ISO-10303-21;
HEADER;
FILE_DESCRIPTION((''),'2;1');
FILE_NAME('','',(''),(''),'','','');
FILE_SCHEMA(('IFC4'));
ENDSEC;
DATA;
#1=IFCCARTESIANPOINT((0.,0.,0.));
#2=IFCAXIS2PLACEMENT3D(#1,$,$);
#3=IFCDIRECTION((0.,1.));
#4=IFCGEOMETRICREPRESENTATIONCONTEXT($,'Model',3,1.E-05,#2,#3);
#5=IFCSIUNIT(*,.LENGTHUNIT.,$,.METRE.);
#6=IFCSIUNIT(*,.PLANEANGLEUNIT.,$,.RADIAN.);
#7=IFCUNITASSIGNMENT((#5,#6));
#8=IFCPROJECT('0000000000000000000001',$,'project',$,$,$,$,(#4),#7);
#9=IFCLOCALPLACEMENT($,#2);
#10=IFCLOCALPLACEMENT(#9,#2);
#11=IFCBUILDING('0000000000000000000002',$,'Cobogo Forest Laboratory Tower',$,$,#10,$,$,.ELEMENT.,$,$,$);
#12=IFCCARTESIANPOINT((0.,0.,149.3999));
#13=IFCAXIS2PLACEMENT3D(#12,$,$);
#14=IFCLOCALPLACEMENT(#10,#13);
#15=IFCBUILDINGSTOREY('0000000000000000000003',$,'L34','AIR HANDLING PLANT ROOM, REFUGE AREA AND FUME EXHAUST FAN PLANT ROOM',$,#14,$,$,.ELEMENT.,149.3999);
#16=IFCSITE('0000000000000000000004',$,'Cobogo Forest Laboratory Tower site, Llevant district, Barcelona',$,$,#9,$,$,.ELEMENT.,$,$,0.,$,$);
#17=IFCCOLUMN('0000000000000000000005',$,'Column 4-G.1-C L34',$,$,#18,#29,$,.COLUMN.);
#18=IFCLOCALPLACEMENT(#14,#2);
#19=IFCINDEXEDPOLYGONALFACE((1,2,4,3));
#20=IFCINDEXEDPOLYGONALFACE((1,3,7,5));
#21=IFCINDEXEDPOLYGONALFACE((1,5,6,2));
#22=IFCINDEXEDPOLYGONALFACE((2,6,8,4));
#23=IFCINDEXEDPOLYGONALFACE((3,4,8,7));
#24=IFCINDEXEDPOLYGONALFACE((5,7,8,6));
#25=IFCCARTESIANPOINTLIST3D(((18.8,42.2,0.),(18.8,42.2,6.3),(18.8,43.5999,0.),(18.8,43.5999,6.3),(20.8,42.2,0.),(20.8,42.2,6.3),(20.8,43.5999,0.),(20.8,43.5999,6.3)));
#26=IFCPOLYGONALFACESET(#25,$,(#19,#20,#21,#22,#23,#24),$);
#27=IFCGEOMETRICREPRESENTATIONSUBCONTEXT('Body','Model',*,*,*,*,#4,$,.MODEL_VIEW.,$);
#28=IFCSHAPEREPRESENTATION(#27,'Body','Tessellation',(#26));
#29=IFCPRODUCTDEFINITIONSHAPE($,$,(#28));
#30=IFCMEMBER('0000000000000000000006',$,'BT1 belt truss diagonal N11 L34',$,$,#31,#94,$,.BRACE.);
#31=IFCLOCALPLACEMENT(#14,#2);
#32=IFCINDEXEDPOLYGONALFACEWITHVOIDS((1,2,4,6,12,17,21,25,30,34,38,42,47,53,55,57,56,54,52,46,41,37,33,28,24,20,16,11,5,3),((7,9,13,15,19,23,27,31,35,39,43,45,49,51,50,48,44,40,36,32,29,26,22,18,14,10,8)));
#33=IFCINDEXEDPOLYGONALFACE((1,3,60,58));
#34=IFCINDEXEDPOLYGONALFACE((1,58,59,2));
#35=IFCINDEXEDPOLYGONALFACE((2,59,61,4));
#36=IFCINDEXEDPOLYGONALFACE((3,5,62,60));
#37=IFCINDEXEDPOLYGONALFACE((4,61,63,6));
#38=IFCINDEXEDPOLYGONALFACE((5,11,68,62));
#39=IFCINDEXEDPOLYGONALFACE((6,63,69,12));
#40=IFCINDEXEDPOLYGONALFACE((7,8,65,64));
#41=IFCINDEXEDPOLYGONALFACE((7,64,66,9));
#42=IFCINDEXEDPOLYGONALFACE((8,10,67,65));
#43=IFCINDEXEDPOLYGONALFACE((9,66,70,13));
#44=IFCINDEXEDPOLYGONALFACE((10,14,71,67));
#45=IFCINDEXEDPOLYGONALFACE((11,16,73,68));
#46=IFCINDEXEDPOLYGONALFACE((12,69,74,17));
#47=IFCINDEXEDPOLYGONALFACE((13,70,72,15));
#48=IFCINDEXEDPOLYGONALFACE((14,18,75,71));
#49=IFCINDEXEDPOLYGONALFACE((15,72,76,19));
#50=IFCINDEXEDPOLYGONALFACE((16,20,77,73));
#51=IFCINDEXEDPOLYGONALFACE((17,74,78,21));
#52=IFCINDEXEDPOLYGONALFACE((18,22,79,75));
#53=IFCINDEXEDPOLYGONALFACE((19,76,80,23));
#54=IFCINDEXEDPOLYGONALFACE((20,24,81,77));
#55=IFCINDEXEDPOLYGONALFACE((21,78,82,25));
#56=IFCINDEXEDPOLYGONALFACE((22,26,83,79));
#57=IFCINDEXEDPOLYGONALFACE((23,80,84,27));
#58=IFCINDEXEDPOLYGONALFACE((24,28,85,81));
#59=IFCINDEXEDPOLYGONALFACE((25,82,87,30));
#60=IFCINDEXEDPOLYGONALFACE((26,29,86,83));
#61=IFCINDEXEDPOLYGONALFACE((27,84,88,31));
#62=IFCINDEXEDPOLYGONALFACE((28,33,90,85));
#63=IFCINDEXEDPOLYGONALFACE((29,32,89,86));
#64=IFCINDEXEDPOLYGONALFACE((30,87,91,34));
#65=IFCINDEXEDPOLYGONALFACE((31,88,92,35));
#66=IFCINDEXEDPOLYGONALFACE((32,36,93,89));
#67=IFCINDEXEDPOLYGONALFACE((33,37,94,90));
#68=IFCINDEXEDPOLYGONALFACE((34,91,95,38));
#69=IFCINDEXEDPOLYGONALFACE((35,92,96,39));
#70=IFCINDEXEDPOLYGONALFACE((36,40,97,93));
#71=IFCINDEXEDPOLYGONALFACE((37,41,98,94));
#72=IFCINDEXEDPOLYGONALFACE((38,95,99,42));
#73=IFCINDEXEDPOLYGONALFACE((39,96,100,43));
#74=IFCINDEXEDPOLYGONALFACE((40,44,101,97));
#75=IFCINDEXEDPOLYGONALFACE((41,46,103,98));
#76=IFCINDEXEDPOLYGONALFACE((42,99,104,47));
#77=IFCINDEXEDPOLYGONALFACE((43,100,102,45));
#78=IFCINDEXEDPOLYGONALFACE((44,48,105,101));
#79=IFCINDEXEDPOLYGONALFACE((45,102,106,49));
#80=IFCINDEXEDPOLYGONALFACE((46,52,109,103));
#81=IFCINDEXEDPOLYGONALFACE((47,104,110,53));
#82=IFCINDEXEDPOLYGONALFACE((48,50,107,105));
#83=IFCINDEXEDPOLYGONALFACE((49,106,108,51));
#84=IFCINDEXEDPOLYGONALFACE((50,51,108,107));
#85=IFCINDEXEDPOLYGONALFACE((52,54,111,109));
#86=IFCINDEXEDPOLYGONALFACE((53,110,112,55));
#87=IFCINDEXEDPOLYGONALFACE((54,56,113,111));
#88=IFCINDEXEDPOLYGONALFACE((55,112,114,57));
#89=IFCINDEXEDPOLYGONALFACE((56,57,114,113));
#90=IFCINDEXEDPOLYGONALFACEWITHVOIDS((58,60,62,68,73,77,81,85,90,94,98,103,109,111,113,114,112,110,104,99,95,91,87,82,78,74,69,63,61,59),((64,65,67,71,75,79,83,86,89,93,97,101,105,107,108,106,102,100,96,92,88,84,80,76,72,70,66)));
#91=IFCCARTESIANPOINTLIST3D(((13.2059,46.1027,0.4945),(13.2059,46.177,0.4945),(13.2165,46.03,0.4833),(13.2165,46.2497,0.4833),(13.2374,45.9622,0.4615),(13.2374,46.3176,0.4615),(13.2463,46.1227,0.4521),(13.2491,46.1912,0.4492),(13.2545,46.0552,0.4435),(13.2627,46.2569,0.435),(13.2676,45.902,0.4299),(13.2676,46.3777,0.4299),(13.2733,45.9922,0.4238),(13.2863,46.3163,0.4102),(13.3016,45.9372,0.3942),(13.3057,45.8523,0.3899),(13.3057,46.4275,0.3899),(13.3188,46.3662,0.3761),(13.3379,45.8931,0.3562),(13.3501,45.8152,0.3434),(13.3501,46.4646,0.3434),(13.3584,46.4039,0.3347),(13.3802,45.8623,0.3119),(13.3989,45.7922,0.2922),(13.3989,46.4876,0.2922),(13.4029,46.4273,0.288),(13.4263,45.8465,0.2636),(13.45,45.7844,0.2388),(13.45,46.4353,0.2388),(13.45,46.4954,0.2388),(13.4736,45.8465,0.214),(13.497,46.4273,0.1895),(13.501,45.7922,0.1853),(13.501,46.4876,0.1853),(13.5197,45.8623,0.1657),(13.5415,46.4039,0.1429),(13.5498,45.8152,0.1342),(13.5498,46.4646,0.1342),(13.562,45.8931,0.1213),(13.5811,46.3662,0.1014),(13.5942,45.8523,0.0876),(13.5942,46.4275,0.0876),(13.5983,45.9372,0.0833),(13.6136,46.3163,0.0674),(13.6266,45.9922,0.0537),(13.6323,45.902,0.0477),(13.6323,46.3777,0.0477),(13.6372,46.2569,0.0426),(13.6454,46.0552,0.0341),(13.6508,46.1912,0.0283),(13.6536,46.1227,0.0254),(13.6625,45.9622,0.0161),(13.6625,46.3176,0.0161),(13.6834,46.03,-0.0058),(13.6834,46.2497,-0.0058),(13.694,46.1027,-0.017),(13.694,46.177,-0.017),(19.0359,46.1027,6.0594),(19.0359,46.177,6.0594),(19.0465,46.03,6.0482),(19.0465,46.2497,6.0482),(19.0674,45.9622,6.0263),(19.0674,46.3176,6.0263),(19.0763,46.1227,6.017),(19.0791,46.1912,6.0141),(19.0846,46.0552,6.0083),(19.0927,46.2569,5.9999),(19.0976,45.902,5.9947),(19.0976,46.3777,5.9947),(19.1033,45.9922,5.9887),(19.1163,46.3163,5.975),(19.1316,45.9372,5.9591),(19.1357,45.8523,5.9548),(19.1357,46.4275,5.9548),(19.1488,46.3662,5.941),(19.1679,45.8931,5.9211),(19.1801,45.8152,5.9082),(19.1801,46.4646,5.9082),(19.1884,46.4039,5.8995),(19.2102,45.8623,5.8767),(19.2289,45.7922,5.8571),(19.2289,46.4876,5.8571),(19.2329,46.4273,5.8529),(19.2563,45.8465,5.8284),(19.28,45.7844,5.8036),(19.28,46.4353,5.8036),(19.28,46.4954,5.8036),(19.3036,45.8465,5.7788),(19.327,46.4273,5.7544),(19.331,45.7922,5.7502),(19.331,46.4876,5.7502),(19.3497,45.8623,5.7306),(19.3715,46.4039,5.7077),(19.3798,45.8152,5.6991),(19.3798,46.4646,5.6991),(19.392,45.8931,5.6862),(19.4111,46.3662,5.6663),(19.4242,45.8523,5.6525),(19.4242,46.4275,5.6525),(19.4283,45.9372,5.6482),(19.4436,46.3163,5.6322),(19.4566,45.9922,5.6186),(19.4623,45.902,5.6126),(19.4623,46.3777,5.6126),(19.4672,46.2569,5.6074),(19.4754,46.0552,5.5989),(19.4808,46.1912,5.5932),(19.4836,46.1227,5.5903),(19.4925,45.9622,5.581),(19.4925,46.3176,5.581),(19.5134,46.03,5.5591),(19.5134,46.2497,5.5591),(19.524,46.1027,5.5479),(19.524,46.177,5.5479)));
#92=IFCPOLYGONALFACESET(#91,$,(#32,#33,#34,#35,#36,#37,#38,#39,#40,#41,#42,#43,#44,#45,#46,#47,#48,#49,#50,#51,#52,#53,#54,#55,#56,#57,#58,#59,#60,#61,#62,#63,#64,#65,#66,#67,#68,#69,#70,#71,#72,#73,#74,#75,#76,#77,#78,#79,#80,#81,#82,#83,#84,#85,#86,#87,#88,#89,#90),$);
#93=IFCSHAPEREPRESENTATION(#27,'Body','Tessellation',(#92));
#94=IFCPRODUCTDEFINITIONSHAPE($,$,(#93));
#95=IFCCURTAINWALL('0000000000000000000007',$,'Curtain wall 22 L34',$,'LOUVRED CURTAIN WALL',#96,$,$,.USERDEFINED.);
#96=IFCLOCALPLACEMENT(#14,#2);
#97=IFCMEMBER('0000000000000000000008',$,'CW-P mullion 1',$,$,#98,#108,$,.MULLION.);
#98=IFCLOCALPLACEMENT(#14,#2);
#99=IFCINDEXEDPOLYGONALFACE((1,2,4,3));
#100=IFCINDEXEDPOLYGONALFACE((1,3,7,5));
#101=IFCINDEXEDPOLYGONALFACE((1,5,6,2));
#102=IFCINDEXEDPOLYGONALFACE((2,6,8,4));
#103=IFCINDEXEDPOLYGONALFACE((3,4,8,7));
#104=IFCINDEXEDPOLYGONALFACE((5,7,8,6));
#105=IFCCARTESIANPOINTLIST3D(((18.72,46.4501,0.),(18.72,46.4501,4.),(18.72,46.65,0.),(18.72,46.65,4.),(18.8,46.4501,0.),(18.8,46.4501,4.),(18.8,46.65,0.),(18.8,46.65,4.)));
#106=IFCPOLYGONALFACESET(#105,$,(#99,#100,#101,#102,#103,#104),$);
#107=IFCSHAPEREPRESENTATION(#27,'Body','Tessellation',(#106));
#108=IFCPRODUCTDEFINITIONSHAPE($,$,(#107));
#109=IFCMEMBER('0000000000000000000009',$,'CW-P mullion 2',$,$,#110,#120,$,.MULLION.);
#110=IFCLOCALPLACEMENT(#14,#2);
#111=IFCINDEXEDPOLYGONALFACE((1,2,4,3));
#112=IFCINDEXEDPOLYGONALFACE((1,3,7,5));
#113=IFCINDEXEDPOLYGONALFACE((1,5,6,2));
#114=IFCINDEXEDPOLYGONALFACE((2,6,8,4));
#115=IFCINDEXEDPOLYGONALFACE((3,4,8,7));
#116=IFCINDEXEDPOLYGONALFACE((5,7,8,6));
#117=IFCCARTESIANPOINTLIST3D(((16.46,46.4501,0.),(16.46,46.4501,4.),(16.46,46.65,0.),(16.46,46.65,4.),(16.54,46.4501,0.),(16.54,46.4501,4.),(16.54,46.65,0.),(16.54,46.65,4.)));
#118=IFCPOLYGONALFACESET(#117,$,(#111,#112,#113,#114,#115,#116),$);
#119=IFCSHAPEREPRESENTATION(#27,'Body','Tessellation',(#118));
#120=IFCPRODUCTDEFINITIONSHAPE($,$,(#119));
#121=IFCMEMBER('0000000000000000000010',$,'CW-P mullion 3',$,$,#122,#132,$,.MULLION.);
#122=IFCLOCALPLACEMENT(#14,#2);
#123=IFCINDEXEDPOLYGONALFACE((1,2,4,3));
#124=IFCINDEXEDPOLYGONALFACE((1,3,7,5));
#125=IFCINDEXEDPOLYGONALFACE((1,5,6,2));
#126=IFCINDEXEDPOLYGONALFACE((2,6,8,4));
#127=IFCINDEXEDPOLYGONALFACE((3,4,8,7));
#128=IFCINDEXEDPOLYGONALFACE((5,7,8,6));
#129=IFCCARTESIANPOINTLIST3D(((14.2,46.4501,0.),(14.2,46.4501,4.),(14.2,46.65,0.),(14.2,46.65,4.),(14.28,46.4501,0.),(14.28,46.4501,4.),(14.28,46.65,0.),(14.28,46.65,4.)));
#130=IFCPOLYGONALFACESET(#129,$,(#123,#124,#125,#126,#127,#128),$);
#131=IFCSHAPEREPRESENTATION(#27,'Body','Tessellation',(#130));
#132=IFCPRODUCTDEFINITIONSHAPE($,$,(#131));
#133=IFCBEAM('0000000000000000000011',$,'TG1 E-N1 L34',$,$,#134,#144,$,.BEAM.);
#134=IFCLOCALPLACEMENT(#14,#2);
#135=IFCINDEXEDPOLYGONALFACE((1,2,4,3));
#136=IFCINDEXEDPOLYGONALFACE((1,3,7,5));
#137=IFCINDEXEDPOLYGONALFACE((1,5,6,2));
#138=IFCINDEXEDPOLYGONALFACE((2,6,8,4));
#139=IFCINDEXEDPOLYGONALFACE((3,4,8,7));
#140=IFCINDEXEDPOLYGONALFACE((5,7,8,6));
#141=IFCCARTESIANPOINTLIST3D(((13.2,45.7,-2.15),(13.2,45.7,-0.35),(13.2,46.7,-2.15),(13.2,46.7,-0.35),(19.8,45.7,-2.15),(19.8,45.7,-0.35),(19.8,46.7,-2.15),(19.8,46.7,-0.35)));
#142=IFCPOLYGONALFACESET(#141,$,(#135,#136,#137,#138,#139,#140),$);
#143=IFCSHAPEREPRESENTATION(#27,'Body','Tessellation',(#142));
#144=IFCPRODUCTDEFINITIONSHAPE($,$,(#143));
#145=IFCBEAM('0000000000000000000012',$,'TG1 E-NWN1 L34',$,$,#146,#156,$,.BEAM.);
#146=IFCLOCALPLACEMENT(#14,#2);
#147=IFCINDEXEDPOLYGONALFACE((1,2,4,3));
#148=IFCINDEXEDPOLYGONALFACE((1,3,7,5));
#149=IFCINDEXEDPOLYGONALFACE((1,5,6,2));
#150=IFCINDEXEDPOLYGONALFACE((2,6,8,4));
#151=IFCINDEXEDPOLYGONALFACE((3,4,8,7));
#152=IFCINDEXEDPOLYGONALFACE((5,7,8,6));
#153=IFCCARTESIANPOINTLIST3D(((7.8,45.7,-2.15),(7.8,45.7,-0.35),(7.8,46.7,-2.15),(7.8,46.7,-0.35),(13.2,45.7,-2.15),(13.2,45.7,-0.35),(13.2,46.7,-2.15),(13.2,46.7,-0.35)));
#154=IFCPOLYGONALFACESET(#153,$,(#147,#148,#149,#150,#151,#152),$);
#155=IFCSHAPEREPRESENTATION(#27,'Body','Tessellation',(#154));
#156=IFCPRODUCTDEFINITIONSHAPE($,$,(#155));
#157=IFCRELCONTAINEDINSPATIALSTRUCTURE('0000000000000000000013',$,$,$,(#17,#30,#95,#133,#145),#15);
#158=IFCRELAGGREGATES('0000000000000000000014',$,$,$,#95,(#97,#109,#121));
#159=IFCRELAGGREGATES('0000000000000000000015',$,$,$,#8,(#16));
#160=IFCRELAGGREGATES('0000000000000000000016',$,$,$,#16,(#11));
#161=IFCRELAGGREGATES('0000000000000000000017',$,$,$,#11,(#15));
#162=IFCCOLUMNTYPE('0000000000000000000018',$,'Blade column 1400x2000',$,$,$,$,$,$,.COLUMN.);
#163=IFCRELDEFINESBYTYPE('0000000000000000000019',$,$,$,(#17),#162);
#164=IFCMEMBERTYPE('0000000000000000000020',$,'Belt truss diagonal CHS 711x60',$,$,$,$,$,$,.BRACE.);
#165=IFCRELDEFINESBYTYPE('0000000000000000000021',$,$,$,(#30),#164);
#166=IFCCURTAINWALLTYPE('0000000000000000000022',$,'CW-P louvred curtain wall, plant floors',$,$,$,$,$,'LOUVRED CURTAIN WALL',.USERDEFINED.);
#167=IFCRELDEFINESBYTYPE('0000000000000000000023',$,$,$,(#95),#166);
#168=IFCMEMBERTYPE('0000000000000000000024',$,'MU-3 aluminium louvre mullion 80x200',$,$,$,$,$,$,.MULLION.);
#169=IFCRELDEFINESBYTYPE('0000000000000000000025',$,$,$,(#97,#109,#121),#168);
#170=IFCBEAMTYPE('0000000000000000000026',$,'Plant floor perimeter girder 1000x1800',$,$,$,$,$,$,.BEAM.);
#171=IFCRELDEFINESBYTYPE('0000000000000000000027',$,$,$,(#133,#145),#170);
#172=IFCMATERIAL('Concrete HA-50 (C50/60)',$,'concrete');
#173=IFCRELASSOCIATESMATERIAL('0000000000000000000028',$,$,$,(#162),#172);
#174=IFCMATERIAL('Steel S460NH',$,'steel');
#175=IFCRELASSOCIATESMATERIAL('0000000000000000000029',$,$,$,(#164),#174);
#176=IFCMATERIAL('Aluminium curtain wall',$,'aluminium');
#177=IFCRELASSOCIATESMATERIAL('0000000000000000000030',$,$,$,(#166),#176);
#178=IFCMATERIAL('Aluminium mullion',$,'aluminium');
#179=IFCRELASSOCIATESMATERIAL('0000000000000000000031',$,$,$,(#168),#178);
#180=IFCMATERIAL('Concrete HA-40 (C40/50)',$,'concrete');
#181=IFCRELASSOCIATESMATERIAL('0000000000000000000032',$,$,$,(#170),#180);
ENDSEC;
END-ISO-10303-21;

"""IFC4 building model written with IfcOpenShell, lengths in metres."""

from ifc_helpers import new_model, si_unit, direction, frame, origin, origin_2d, place, context, subcontext, project, spatial, rectangle, hollow_circle, extrude, material, material_profile, profile_set, type_object, element, aggregate, save


model = new_model("IFC4")

# Units and contexts
model_context = context("Model", 3, precision=1e-05, world=origin(), true_north=direction((0.0, 1.0)))
body_context = subcontext(model_context, "Body", "Model", "MODEL_VIEW")
ifc_project = project(units=[si_unit("LENGTHUNIT", "METRE"), si_unit("PLANEANGLEUNIT", "RADIAN")], contexts=[model_context])

# Site, building, storey
site_placement = place(None, origin())
site = spatial("IfcSite", under=ifc_project, at=site_placement, Name="Cobogo Forest Laboratory Tower site, Llevant district, Barcelona", CompositionType="ELEMENT", RefElevation=0.0)
building_placement = place(site_placement, origin())
building = spatial("IfcBuilding", under=site, at=building_placement, Name="Cobogo Forest Laboratory Tower", CompositionType="ELEMENT")
storey_placement = place(building_placement, frame((0.0, 0.0, 149.3999)))
storey = spatial("IfcBuildingStorey", under=building, at=storey_placement, Name="L34", Description="AIR HANDLING PLANT ROOM, REFUGE AREA AND FUME EXHAUST FAN PLANT ROOM", CompositionType="ELEMENT", Elevation=149.3999)

# Column
ifc_material_1 = material(Name="Concrete HA-50 (C50/60)", Category="concrete")
ifc_material_profile_1 = material_profile(ifc_material_1, rectangle(XDim=2.0, YDim=1.3999, at=origin_2d()), Name="RC 1400x2000")
ifc_profile_set_1 = profile_set([ifc_material_profile_1], Name="Concrete HA-50 (C50/60)")
column_type = type_object("IfcColumnType", Name="Blade column 1400x2000", PredefinedType="COLUMN", material=ifc_profile_set_1)
column_placement = place(storey_placement, frame((19.8, 42.8999, 0.0), z_axis=(0.0, 0.0, 1.0), x_axis=(1.0, 0.0, 0.0)))
element("IfcColumn", 1, at=column_placement, inside=storey, type_object=column_type, Name="Column 4-G.1-C L34", PredefinedType="COLUMN", context=body_context, shape_type="SweptSolid", body=[
    extrude(rectangle(XDim=2.0, YDim=1.3999, at=origin_2d()), origin(), (0.0, 0.0, 1.0), 6.3),
])

# Member
ifc_material_2 = material(Name="Steel S460NH", Category="steel")
ifc_material_profile_2 = material_profile(ifc_material_2, hollow_circle(Radius=0.3555, WallThickness=0.0601, at=origin_2d()), Name="CHS 711x60")
ifc_profile_set_2 = profile_set([ifc_material_profile_2], Name="Steel S460NH")
member_type_1 = type_object("IfcMemberType", Name="Belt truss diagonal CHS 711x60", PredefinedType="BRACE", material=ifc_profile_set_2)
member_1_placement = place(storey_placement, frame((13.45, 46.1399, 0.2388), z_axis=(0.723364, 0.0, 0.690467), x_axis=(0.0, 1.0, 0.0)))
element("IfcMember", 2, at=member_1_placement, inside=storey, type_object=member_type_1, Name="BT1 belt truss diagonal N11 L34", PredefinedType="BRACE", context=body_context, shape_type="SweptSolid", body=[
    extrude(hollow_circle(Radius=0.3555, WallThickness=0.0601, at=origin_2d()), origin(), (0.0, 0.0, 1.0), 8.0596),
])

# Curtain wall, members
ifc_material_3 = material(Name="Aluminium curtain wall", Category="aluminium")
curtain_wall_type = type_object("IfcCurtainWallType", Name="CW-P louvred curtain wall, plant floors", ElementType="LOUVRED CURTAIN WALL", PredefinedType="USERDEFINED", material=ifc_material_3)
curtain_wall_placement = place(storey_placement, origin())
curtain_wall = element("IfcCurtainWall", 3, at=curtain_wall_placement, inside=storey, type_object=curtain_wall_type, Name="Curtain wall 22 L34", ObjectType="LOUVRED CURTAIN WALL", PredefinedType="USERDEFINED")
ifc_material_4 = material(Name="Aluminium mullion", Category="aluminium")
ifc_material_profile_3 = material_profile(ifc_material_4, rectangle(XDim=0.0801, YDim=0.2, at=origin_2d()), Name="AL 80x200")
ifc_profile_set_3 = profile_set([ifc_material_profile_3], Name="Aluminium mullion")
member_type_2 = type_object("IfcMemberType", Name="MU-3 aluminium louvre mullion 80x200", PredefinedType="MULLION", material=ifc_profile_set_3)
member_2_placement = place(storey_placement, frame((18.76, 46.55, 0.0), z_axis=(0.0, 0.0, 1.0), x_axis=(-1.0, 0.0, 0.0)))
member_2 = element("IfcMember", 4, at=member_2_placement, type_object=member_type_2, Name="CW-P mullion 1", PredefinedType="MULLION", context=body_context, shape_type="SweptSolid", body=[
    extrude(rectangle(XDim=0.0801, YDim=0.2, at=origin_2d()), origin(), (0.0, 0.0, 1.0), 4.0),
])
member_3_placement = place(storey_placement, frame((16.5, 46.55, 0.0), z_axis=(0.0, 0.0, 1.0), x_axis=(-1.0, 0.0, 0.0)))
member_3 = element("IfcMember", 5, at=member_3_placement, type_object=member_type_2, Name="CW-P mullion 2", PredefinedType="MULLION", context=body_context, shape_type="SweptSolid", body=[
    extrude(rectangle(XDim=0.0801, YDim=0.2, at=origin_2d()), origin(), (0.0, 0.0, 1.0), 4.0),
])
member_4_placement = place(storey_placement, frame((14.24, 46.55, 0.0), z_axis=(0.0, 0.0, 1.0), x_axis=(-1.0, 0.0, 0.0)))
member_4 = element("IfcMember", 6, at=member_4_placement, type_object=member_type_2, Name="CW-P mullion 3", PredefinedType="MULLION", context=body_context, shape_type="SweptSolid", body=[
    extrude(rectangle(XDim=0.0801, YDim=0.2, at=origin_2d()), origin(), (0.0, 0.0, 1.0), 4.0),
])

# Beams
ifc_material_5 = material(Name="Concrete HA-40 (C40/50)", Category="concrete")
ifc_material_profile_4 = material_profile(ifc_material_5, rectangle(XDim=1.0, YDim=1.8, at=origin_2d()), Name="RC 1000x1800")
ifc_profile_set_4 = profile_set([ifc_material_profile_4], Name="Concrete HA-40 (C40/50)")
beam_type_1 = type_object("IfcBeamType", Name="Plant floor perimeter girder 1000x1800", PredefinedType="BEAM", material=ifc_profile_set_4)
beam_1_placement = place(storey_placement, frame((13.2, 46.2, -1.25), z_axis=(1.0, 0.0, 0.0), x_axis=(0.0, 1.0, 0.0)))
element("IfcBeam", 7, at=beam_1_placement, inside=storey, type_object=beam_type_1, Name="TG1 E-N1 L34", PredefinedType="BEAM", context=body_context, shape_type="SweptSolid", body=[
    extrude(rectangle(XDim=1.0, YDim=1.8, at=origin_2d()), origin(), (0.0, 0.0, 1.0), 6.6001),
])
beam_2_placement = place(storey_placement, frame((13.2, 46.2, -1.25), z_axis=(-1.0, 0.0, 0.0), x_axis=(0.0, -1.0, 0.0)))
element("IfcBeam", 8, at=beam_2_placement, inside=storey, type_object=beam_type_1, Name="TG1 E-NWN1 L34", PredefinedType="BEAM", context=body_context, shape_type="SweptSolid", body=[
    extrude(rectangle(XDim=1.0, YDim=1.8, at=origin_2d()), origin(), (0.0, 0.0, 1.0), 5.3999),
])

aggregate(curtain_wall, [member_2, member_3, member_4])

save(model, "model.ifc")
